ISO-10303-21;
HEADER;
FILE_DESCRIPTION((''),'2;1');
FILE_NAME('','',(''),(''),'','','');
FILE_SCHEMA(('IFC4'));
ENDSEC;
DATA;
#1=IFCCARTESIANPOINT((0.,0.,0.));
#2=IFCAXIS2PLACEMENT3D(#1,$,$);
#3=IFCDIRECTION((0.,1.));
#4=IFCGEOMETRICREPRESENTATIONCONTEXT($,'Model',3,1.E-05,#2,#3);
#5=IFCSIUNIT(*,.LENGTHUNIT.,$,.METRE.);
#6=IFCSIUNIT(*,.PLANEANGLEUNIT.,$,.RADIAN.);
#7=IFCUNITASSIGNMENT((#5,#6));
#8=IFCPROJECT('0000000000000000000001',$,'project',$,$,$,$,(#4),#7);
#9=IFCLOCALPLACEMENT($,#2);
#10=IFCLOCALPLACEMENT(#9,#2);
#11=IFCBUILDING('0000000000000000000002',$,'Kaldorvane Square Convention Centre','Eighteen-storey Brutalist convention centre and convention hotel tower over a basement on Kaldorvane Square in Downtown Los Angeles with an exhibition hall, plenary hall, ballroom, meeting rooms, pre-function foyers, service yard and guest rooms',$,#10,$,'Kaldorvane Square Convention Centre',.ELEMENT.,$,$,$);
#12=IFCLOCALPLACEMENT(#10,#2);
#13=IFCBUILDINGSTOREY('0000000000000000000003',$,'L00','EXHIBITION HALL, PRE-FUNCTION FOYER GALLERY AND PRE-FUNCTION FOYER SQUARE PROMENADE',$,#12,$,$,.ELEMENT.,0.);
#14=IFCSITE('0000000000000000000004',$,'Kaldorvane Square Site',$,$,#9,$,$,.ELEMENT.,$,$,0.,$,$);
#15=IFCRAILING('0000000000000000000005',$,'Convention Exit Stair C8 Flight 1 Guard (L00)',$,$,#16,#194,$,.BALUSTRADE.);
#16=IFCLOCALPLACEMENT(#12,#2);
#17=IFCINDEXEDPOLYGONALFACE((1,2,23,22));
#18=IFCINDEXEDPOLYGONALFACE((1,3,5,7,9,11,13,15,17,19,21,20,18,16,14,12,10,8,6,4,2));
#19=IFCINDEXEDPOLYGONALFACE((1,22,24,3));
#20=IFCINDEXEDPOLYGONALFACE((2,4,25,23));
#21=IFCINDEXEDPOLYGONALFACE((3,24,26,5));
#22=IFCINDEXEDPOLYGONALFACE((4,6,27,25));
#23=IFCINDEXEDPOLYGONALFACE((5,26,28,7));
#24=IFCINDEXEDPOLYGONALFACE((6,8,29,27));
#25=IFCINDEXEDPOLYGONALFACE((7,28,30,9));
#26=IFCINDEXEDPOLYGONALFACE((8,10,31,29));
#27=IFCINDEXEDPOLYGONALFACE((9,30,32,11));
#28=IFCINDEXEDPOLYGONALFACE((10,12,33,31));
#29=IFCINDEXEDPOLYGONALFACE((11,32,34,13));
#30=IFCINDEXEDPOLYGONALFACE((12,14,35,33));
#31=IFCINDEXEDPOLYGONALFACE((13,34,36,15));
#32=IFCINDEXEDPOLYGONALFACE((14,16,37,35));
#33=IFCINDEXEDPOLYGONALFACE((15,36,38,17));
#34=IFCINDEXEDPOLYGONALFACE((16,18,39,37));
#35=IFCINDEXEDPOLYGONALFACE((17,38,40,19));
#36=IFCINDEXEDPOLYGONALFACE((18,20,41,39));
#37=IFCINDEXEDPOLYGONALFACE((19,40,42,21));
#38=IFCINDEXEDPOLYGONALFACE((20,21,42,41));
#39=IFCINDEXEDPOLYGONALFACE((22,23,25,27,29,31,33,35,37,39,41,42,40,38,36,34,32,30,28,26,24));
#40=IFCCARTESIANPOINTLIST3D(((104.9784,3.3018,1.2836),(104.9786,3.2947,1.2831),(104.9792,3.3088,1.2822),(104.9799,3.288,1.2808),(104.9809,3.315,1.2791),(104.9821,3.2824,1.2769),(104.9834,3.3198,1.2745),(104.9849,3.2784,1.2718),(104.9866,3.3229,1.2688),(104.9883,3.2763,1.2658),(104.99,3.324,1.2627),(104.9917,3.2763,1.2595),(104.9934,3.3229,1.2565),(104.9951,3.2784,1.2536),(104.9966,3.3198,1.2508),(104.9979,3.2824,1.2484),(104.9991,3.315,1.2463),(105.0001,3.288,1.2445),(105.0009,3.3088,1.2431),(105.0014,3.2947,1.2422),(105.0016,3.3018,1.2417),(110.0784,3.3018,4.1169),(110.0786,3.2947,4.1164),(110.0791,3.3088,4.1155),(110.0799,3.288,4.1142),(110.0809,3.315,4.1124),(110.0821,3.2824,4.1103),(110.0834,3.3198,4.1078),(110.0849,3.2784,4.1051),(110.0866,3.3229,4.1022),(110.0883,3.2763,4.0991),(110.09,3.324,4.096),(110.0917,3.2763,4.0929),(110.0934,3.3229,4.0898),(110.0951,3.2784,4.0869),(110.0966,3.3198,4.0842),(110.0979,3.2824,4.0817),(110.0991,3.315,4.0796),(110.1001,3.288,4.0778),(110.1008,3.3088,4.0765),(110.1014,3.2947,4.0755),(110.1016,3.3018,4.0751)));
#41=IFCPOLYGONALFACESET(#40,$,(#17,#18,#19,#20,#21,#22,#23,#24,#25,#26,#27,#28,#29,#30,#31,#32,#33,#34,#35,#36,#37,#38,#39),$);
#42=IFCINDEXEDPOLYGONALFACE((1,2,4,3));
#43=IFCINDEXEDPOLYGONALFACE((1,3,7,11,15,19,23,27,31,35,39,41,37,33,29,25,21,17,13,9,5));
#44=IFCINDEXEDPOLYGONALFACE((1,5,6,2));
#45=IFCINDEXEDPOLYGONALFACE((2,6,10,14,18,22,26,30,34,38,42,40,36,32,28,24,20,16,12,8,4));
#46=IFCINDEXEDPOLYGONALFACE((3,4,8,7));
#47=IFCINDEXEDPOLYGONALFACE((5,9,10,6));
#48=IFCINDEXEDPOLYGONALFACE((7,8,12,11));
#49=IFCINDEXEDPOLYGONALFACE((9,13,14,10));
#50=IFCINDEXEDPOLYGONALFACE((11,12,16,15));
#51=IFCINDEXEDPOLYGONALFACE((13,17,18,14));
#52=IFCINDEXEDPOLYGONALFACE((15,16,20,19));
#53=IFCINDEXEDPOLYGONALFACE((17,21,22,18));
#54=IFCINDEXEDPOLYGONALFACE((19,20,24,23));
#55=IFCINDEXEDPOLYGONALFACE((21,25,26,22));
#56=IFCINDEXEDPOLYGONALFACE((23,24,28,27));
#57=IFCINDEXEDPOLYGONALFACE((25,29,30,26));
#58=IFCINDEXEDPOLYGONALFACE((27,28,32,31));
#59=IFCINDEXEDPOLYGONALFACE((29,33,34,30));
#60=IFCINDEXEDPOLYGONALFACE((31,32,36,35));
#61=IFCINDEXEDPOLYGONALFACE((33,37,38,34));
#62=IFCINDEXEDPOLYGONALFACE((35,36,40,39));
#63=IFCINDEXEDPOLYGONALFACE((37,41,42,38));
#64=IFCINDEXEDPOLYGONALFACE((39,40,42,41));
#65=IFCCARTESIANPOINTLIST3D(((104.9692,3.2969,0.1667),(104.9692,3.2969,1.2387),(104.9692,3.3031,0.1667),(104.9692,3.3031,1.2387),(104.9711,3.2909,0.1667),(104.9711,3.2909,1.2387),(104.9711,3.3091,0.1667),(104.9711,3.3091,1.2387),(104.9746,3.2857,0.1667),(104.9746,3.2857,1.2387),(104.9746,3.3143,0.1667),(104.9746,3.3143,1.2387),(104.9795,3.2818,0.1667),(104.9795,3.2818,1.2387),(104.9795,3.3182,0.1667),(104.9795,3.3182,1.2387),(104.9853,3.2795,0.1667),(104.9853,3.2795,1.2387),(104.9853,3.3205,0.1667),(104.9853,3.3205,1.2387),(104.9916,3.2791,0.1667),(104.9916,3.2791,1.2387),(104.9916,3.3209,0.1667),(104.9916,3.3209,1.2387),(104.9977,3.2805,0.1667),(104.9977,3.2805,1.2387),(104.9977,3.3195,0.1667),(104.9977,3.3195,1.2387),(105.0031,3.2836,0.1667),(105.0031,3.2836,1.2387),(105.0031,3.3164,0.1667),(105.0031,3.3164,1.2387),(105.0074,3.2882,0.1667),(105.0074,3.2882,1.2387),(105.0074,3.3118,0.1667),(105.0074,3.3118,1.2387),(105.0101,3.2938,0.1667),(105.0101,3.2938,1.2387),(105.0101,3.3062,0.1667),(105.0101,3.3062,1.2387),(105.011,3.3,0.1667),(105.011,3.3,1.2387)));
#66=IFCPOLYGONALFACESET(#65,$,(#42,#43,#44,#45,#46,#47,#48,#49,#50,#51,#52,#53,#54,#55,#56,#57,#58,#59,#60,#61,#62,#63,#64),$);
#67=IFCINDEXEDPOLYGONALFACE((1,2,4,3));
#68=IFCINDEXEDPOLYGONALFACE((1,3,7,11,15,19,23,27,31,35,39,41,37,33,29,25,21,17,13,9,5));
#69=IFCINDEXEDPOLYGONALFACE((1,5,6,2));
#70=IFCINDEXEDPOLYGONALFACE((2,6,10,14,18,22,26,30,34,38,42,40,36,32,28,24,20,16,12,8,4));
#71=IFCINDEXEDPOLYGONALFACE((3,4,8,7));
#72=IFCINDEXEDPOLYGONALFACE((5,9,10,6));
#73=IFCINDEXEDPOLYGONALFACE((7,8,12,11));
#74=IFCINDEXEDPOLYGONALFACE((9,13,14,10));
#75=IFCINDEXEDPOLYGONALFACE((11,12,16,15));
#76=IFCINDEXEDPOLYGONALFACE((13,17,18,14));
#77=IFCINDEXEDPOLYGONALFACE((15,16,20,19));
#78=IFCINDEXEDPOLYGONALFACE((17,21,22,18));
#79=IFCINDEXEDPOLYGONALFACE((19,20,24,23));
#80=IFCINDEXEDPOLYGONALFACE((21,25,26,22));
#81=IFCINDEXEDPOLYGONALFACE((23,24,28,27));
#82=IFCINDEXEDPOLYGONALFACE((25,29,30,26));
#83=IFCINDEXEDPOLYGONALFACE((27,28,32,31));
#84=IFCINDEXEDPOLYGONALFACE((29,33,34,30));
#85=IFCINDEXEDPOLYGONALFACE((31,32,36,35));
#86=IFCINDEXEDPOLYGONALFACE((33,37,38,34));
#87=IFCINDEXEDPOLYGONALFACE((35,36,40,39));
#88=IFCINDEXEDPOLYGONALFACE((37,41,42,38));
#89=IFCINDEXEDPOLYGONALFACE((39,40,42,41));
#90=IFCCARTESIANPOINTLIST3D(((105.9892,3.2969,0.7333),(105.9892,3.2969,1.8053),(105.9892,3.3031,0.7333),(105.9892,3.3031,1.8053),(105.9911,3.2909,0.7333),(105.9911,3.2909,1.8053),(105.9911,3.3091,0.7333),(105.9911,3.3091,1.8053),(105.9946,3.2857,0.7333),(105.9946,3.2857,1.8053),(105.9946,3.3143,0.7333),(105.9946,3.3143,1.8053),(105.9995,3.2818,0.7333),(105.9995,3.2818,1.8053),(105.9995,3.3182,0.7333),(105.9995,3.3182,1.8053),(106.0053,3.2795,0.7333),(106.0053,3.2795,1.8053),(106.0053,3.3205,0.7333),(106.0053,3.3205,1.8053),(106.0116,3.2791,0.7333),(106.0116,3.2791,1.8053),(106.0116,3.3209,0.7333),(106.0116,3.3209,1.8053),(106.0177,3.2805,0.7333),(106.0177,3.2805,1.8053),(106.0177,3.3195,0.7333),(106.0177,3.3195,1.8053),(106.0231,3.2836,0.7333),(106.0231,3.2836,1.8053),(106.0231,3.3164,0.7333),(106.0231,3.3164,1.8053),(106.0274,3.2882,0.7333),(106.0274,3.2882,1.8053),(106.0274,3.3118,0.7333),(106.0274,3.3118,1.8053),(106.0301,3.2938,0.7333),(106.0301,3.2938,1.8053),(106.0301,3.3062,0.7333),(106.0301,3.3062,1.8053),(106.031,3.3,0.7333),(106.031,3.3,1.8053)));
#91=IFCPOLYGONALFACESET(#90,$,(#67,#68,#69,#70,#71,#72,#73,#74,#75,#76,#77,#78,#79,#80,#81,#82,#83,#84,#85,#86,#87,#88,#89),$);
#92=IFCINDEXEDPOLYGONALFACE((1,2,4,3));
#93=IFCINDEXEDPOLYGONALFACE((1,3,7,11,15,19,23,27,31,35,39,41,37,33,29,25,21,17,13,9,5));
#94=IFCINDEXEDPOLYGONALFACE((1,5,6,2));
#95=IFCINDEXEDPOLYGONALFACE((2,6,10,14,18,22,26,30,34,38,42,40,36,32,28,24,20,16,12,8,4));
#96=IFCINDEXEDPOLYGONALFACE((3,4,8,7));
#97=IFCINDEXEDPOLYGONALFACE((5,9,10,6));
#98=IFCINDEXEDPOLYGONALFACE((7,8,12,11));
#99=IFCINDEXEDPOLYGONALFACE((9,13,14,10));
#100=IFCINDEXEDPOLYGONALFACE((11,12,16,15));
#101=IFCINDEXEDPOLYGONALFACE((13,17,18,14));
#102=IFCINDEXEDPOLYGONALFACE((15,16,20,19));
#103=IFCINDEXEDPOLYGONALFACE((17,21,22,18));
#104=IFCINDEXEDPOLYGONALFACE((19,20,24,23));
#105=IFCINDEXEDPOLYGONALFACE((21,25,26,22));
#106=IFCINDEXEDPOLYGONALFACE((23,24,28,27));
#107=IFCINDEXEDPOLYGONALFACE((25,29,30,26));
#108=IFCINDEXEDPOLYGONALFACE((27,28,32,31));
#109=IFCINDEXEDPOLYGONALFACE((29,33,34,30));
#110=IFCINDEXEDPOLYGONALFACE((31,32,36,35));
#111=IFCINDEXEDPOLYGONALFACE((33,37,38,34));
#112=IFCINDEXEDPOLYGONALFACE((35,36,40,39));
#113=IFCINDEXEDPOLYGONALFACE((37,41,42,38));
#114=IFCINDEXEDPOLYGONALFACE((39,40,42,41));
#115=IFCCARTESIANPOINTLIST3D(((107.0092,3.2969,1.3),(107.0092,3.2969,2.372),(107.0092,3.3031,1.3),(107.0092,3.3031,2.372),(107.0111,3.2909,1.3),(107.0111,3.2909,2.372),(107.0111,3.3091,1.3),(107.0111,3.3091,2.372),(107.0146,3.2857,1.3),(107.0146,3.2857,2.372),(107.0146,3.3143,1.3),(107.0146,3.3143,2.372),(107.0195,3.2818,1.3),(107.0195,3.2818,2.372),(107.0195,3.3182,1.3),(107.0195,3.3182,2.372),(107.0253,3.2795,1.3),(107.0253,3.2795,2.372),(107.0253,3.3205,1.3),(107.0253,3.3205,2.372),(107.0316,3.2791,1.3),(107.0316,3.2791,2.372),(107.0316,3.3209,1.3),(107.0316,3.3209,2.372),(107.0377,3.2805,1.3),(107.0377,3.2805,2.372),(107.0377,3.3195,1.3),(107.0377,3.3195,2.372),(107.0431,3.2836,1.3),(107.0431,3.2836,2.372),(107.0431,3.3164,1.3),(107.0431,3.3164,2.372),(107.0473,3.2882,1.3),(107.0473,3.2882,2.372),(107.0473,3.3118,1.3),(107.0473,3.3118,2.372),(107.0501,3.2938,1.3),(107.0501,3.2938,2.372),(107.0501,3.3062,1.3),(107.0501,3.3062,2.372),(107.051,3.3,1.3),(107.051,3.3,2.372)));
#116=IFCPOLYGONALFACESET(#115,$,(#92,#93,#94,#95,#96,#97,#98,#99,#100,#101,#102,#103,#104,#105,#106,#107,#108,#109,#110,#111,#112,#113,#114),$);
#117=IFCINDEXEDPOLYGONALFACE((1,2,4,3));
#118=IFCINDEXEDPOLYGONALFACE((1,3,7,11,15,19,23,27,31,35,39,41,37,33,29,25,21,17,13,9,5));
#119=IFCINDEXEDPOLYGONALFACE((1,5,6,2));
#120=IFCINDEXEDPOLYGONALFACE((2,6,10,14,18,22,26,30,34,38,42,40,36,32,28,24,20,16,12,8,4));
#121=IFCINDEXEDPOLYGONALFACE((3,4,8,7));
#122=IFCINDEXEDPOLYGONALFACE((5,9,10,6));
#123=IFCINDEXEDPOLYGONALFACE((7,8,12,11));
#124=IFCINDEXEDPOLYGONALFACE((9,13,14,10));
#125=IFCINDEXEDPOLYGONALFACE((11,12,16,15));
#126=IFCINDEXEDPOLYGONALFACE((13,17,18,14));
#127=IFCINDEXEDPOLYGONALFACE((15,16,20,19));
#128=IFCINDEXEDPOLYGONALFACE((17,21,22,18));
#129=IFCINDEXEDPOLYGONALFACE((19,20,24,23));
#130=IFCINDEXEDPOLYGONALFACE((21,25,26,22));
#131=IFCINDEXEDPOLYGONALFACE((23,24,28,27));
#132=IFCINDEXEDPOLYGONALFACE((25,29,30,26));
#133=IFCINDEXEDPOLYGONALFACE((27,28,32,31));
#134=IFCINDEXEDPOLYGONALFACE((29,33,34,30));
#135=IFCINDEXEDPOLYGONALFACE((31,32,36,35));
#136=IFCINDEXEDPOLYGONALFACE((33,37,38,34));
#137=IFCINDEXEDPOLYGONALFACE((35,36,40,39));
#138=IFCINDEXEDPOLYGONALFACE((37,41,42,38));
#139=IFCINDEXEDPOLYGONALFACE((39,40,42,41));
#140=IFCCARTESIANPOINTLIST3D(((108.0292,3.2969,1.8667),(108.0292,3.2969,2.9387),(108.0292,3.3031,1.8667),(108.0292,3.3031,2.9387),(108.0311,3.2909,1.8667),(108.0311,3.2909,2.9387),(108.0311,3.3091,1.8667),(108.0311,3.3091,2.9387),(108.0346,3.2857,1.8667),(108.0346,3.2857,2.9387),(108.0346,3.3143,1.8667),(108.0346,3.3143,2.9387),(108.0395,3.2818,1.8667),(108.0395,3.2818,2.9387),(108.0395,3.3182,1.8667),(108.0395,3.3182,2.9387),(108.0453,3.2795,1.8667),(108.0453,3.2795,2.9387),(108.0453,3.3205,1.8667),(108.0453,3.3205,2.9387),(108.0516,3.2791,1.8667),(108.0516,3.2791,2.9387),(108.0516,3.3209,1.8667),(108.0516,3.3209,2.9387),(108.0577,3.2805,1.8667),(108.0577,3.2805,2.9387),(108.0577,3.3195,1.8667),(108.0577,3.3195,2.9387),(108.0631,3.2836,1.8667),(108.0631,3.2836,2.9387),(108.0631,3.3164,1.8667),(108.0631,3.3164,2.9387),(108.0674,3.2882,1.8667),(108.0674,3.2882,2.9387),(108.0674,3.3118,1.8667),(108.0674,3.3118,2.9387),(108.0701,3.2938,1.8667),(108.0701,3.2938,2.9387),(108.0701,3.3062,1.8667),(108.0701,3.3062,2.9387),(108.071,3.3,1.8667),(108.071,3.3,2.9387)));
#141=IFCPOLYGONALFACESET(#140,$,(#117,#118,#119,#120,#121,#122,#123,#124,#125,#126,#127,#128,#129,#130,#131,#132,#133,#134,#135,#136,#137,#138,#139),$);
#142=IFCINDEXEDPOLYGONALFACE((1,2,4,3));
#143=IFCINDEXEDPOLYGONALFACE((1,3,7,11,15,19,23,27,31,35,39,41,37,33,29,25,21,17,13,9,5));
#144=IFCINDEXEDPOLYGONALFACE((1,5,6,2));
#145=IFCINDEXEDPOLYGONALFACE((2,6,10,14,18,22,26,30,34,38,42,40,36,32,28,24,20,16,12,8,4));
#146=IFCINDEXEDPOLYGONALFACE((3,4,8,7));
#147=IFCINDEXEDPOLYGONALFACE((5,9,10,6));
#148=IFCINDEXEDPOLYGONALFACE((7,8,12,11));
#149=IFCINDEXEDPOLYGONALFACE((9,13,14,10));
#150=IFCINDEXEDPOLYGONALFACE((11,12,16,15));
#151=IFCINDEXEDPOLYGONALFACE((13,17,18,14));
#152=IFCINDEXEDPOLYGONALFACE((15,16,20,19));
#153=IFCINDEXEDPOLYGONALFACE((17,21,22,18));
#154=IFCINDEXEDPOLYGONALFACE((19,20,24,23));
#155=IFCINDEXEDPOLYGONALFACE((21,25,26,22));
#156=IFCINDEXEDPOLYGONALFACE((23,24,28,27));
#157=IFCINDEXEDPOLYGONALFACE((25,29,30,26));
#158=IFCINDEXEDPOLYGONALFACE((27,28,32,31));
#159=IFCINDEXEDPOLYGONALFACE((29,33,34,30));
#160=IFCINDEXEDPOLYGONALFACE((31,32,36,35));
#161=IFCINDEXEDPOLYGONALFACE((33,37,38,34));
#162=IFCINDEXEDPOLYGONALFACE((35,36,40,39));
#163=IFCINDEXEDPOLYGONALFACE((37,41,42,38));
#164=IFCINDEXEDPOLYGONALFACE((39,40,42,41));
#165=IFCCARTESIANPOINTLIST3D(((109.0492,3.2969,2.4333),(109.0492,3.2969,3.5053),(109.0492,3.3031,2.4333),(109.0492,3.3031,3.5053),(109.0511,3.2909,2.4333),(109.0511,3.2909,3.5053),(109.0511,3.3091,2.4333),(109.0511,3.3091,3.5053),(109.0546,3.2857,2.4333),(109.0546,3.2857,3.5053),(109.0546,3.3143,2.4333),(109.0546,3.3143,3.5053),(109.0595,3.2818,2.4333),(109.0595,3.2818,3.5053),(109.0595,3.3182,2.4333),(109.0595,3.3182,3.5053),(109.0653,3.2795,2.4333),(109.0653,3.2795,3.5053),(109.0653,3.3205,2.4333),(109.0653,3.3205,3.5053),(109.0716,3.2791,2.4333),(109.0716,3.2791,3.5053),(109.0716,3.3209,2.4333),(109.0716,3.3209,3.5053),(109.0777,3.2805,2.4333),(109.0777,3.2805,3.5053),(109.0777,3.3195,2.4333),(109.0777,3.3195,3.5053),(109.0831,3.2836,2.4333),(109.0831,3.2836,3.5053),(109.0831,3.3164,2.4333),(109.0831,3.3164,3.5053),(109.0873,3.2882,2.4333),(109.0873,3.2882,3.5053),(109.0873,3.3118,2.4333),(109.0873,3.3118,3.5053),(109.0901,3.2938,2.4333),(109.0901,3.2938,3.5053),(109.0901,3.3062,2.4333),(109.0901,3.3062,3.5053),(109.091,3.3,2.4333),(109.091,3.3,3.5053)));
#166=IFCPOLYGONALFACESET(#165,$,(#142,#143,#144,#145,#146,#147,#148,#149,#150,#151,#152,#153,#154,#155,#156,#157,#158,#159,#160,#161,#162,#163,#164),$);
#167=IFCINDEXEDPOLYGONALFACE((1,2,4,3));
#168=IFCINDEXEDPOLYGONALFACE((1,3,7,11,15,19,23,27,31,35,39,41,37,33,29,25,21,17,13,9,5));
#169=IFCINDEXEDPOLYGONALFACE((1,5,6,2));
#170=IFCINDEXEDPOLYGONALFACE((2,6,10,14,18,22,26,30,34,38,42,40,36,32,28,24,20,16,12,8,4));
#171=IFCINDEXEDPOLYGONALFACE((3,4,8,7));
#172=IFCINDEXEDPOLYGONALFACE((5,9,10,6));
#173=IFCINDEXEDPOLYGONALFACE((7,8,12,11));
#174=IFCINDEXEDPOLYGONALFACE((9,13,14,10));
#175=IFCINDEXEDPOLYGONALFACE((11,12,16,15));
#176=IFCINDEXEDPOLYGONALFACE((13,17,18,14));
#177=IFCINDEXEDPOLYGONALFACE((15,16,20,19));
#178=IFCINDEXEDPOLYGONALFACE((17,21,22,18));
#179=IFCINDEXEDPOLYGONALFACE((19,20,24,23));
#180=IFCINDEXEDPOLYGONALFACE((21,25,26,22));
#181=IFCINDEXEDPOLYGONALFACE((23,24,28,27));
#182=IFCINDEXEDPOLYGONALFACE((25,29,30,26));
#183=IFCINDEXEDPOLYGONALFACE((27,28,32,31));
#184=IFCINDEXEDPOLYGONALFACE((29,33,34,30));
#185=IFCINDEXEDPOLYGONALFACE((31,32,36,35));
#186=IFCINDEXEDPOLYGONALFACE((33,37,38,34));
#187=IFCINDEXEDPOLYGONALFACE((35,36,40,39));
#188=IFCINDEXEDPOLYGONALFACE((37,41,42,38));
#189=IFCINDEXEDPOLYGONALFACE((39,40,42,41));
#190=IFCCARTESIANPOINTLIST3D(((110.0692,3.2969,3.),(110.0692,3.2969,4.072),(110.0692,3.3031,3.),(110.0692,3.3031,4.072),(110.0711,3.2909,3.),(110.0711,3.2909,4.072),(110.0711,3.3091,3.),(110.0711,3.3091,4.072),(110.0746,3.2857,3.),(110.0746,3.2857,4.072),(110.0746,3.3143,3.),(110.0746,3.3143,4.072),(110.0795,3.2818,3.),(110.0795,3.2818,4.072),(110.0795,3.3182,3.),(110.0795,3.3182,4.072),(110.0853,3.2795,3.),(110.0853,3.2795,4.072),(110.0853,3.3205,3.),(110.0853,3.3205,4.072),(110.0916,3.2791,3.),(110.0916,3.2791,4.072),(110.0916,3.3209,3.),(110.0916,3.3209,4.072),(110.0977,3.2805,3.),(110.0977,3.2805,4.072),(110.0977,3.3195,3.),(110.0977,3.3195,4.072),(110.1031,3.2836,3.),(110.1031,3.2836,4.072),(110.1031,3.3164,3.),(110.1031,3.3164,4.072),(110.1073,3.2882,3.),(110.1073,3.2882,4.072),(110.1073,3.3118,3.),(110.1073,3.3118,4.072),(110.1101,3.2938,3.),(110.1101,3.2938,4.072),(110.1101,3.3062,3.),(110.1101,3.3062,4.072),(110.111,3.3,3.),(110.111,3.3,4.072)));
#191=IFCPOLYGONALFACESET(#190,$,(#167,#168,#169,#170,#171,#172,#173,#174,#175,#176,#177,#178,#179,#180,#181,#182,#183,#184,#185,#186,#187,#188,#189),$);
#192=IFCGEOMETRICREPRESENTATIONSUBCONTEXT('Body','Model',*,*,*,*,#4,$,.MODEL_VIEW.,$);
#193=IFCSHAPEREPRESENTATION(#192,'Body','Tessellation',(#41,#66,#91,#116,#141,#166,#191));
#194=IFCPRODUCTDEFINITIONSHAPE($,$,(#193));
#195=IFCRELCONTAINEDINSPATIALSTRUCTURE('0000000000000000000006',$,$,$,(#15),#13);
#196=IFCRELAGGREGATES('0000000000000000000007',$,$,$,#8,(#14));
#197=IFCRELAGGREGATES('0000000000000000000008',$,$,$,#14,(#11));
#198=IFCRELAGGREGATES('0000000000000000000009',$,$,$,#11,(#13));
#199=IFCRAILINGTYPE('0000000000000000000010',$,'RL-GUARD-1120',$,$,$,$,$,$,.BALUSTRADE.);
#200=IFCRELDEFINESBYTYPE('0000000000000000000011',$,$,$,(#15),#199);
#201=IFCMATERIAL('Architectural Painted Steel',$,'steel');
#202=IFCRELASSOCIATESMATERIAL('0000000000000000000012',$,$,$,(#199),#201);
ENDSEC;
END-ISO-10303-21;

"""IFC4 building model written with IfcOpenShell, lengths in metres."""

from ifc_helpers import new_model, si_unit, direction, frame, origin, origin_2d, place, context, subcontext, project, spatial, circle, extrude, material, type_object, element, save


model = new_model("IFC4")

# Units and contexts
model_context = context("Model", 3, precision=1e-05, world=origin(), true_north=direction((0.0, 1.0)))
body_context = subcontext(model_context, "Body", "Model", "MODEL_VIEW")
ifc_project = project(units=[si_unit("LENGTHUNIT", "METRE"), si_unit("PLANEANGLEUNIT", "RADIAN")], contexts=[model_context])

# Site, building, storey
site_placement = place(None, origin())
site = spatial("IfcSite", under=ifc_project, at=site_placement, Name="Kaldorvane Square Site", CompositionType="ELEMENT", RefElevation=0.0)
building_placement = place(site_placement, origin())
building = spatial("IfcBuilding", under=site, at=building_placement, Name="Kaldorvane Square Convention Centre", Description="Eighteen-storey Brutalist convention centre and convention hotel tower over a basement on Kaldorvane Square in Downtown Los Angeles with an exhibition hall, plenary hall, ballroom, meeting rooms, pre-function foyers, service yard and guest rooms", LongName="Kaldorvane Square Convention Centre", CompositionType="ELEMENT")
storey_placement = place(building_placement, origin())
storey = spatial("IfcBuildingStorey", under=building, at=storey_placement, Name="L00", Description="EXHIBITION HALL, PRE-FUNCTION FOYER GALLERY AND PRE-FUNCTION FOYER SQUARE PROMENADE", CompositionType="ELEMENT", Elevation=0.0)

# Railing
ifc_material_1 = material(Name="Architectural Painted Steel", Category="steel")
railing_type_1 = type_object("IfcRailingType", Name="RL-GUARD-1120", PredefinedType="BALUSTRADE", material=ifc_material_1)
railing_1_placement = place(storey_placement, frame((104.99, 3.3, 0.1667)))
element("IfcRailing", 1, at=railing_1_placement, inside=storey, type_object=railing_type_1, Name="Convention Exit Stair C8 Flight 1 Guard (L00)", PredefinedType="BALUSTRADE", context=body_context, shape_type="SweptSolid", body=[
    extrude(circle(Radius=0.024, at=origin_2d()), frame((0.0, 0.0, 1.096), z_axis=(0.874157, 0.0, 0.485643), x_axis=(0.0, 1.0, 0.0)), (0.0, 0.0, 1.0), 5.8342),
    extrude(circle(Radius=0.021, at=origin_2d()), origin(), (0.0, 0.0, 1.0), 1.072),
    extrude(circle(Radius=0.021, at=origin_2d()), frame((1.02, 0.0, 0.5667)), (0.0, 0.0, 1.0), 1.072),
    extrude(circle(Radius=0.021, at=origin_2d()), frame((2.04, 0.0, 1.1333)), (0.0, 0.0, 1.0), 1.072),
    extrude(circle(Radius=0.021, at=origin_2d()), frame((3.06, 0.0, 1.7)), (0.0, 0.0, 1.0), 1.072),
    extrude(circle(Radius=0.021, at=origin_2d()), frame((4.08, 0.0, 2.2667)), (0.0, 0.0, 1.0), 1.072),
    extrude(circle(Radius=0.021, at=origin_2d()), frame((5.1, 0.0, 2.8333)), (0.0, 0.0, 1.0), 1.072),
])

save(model, "model.ifc")
